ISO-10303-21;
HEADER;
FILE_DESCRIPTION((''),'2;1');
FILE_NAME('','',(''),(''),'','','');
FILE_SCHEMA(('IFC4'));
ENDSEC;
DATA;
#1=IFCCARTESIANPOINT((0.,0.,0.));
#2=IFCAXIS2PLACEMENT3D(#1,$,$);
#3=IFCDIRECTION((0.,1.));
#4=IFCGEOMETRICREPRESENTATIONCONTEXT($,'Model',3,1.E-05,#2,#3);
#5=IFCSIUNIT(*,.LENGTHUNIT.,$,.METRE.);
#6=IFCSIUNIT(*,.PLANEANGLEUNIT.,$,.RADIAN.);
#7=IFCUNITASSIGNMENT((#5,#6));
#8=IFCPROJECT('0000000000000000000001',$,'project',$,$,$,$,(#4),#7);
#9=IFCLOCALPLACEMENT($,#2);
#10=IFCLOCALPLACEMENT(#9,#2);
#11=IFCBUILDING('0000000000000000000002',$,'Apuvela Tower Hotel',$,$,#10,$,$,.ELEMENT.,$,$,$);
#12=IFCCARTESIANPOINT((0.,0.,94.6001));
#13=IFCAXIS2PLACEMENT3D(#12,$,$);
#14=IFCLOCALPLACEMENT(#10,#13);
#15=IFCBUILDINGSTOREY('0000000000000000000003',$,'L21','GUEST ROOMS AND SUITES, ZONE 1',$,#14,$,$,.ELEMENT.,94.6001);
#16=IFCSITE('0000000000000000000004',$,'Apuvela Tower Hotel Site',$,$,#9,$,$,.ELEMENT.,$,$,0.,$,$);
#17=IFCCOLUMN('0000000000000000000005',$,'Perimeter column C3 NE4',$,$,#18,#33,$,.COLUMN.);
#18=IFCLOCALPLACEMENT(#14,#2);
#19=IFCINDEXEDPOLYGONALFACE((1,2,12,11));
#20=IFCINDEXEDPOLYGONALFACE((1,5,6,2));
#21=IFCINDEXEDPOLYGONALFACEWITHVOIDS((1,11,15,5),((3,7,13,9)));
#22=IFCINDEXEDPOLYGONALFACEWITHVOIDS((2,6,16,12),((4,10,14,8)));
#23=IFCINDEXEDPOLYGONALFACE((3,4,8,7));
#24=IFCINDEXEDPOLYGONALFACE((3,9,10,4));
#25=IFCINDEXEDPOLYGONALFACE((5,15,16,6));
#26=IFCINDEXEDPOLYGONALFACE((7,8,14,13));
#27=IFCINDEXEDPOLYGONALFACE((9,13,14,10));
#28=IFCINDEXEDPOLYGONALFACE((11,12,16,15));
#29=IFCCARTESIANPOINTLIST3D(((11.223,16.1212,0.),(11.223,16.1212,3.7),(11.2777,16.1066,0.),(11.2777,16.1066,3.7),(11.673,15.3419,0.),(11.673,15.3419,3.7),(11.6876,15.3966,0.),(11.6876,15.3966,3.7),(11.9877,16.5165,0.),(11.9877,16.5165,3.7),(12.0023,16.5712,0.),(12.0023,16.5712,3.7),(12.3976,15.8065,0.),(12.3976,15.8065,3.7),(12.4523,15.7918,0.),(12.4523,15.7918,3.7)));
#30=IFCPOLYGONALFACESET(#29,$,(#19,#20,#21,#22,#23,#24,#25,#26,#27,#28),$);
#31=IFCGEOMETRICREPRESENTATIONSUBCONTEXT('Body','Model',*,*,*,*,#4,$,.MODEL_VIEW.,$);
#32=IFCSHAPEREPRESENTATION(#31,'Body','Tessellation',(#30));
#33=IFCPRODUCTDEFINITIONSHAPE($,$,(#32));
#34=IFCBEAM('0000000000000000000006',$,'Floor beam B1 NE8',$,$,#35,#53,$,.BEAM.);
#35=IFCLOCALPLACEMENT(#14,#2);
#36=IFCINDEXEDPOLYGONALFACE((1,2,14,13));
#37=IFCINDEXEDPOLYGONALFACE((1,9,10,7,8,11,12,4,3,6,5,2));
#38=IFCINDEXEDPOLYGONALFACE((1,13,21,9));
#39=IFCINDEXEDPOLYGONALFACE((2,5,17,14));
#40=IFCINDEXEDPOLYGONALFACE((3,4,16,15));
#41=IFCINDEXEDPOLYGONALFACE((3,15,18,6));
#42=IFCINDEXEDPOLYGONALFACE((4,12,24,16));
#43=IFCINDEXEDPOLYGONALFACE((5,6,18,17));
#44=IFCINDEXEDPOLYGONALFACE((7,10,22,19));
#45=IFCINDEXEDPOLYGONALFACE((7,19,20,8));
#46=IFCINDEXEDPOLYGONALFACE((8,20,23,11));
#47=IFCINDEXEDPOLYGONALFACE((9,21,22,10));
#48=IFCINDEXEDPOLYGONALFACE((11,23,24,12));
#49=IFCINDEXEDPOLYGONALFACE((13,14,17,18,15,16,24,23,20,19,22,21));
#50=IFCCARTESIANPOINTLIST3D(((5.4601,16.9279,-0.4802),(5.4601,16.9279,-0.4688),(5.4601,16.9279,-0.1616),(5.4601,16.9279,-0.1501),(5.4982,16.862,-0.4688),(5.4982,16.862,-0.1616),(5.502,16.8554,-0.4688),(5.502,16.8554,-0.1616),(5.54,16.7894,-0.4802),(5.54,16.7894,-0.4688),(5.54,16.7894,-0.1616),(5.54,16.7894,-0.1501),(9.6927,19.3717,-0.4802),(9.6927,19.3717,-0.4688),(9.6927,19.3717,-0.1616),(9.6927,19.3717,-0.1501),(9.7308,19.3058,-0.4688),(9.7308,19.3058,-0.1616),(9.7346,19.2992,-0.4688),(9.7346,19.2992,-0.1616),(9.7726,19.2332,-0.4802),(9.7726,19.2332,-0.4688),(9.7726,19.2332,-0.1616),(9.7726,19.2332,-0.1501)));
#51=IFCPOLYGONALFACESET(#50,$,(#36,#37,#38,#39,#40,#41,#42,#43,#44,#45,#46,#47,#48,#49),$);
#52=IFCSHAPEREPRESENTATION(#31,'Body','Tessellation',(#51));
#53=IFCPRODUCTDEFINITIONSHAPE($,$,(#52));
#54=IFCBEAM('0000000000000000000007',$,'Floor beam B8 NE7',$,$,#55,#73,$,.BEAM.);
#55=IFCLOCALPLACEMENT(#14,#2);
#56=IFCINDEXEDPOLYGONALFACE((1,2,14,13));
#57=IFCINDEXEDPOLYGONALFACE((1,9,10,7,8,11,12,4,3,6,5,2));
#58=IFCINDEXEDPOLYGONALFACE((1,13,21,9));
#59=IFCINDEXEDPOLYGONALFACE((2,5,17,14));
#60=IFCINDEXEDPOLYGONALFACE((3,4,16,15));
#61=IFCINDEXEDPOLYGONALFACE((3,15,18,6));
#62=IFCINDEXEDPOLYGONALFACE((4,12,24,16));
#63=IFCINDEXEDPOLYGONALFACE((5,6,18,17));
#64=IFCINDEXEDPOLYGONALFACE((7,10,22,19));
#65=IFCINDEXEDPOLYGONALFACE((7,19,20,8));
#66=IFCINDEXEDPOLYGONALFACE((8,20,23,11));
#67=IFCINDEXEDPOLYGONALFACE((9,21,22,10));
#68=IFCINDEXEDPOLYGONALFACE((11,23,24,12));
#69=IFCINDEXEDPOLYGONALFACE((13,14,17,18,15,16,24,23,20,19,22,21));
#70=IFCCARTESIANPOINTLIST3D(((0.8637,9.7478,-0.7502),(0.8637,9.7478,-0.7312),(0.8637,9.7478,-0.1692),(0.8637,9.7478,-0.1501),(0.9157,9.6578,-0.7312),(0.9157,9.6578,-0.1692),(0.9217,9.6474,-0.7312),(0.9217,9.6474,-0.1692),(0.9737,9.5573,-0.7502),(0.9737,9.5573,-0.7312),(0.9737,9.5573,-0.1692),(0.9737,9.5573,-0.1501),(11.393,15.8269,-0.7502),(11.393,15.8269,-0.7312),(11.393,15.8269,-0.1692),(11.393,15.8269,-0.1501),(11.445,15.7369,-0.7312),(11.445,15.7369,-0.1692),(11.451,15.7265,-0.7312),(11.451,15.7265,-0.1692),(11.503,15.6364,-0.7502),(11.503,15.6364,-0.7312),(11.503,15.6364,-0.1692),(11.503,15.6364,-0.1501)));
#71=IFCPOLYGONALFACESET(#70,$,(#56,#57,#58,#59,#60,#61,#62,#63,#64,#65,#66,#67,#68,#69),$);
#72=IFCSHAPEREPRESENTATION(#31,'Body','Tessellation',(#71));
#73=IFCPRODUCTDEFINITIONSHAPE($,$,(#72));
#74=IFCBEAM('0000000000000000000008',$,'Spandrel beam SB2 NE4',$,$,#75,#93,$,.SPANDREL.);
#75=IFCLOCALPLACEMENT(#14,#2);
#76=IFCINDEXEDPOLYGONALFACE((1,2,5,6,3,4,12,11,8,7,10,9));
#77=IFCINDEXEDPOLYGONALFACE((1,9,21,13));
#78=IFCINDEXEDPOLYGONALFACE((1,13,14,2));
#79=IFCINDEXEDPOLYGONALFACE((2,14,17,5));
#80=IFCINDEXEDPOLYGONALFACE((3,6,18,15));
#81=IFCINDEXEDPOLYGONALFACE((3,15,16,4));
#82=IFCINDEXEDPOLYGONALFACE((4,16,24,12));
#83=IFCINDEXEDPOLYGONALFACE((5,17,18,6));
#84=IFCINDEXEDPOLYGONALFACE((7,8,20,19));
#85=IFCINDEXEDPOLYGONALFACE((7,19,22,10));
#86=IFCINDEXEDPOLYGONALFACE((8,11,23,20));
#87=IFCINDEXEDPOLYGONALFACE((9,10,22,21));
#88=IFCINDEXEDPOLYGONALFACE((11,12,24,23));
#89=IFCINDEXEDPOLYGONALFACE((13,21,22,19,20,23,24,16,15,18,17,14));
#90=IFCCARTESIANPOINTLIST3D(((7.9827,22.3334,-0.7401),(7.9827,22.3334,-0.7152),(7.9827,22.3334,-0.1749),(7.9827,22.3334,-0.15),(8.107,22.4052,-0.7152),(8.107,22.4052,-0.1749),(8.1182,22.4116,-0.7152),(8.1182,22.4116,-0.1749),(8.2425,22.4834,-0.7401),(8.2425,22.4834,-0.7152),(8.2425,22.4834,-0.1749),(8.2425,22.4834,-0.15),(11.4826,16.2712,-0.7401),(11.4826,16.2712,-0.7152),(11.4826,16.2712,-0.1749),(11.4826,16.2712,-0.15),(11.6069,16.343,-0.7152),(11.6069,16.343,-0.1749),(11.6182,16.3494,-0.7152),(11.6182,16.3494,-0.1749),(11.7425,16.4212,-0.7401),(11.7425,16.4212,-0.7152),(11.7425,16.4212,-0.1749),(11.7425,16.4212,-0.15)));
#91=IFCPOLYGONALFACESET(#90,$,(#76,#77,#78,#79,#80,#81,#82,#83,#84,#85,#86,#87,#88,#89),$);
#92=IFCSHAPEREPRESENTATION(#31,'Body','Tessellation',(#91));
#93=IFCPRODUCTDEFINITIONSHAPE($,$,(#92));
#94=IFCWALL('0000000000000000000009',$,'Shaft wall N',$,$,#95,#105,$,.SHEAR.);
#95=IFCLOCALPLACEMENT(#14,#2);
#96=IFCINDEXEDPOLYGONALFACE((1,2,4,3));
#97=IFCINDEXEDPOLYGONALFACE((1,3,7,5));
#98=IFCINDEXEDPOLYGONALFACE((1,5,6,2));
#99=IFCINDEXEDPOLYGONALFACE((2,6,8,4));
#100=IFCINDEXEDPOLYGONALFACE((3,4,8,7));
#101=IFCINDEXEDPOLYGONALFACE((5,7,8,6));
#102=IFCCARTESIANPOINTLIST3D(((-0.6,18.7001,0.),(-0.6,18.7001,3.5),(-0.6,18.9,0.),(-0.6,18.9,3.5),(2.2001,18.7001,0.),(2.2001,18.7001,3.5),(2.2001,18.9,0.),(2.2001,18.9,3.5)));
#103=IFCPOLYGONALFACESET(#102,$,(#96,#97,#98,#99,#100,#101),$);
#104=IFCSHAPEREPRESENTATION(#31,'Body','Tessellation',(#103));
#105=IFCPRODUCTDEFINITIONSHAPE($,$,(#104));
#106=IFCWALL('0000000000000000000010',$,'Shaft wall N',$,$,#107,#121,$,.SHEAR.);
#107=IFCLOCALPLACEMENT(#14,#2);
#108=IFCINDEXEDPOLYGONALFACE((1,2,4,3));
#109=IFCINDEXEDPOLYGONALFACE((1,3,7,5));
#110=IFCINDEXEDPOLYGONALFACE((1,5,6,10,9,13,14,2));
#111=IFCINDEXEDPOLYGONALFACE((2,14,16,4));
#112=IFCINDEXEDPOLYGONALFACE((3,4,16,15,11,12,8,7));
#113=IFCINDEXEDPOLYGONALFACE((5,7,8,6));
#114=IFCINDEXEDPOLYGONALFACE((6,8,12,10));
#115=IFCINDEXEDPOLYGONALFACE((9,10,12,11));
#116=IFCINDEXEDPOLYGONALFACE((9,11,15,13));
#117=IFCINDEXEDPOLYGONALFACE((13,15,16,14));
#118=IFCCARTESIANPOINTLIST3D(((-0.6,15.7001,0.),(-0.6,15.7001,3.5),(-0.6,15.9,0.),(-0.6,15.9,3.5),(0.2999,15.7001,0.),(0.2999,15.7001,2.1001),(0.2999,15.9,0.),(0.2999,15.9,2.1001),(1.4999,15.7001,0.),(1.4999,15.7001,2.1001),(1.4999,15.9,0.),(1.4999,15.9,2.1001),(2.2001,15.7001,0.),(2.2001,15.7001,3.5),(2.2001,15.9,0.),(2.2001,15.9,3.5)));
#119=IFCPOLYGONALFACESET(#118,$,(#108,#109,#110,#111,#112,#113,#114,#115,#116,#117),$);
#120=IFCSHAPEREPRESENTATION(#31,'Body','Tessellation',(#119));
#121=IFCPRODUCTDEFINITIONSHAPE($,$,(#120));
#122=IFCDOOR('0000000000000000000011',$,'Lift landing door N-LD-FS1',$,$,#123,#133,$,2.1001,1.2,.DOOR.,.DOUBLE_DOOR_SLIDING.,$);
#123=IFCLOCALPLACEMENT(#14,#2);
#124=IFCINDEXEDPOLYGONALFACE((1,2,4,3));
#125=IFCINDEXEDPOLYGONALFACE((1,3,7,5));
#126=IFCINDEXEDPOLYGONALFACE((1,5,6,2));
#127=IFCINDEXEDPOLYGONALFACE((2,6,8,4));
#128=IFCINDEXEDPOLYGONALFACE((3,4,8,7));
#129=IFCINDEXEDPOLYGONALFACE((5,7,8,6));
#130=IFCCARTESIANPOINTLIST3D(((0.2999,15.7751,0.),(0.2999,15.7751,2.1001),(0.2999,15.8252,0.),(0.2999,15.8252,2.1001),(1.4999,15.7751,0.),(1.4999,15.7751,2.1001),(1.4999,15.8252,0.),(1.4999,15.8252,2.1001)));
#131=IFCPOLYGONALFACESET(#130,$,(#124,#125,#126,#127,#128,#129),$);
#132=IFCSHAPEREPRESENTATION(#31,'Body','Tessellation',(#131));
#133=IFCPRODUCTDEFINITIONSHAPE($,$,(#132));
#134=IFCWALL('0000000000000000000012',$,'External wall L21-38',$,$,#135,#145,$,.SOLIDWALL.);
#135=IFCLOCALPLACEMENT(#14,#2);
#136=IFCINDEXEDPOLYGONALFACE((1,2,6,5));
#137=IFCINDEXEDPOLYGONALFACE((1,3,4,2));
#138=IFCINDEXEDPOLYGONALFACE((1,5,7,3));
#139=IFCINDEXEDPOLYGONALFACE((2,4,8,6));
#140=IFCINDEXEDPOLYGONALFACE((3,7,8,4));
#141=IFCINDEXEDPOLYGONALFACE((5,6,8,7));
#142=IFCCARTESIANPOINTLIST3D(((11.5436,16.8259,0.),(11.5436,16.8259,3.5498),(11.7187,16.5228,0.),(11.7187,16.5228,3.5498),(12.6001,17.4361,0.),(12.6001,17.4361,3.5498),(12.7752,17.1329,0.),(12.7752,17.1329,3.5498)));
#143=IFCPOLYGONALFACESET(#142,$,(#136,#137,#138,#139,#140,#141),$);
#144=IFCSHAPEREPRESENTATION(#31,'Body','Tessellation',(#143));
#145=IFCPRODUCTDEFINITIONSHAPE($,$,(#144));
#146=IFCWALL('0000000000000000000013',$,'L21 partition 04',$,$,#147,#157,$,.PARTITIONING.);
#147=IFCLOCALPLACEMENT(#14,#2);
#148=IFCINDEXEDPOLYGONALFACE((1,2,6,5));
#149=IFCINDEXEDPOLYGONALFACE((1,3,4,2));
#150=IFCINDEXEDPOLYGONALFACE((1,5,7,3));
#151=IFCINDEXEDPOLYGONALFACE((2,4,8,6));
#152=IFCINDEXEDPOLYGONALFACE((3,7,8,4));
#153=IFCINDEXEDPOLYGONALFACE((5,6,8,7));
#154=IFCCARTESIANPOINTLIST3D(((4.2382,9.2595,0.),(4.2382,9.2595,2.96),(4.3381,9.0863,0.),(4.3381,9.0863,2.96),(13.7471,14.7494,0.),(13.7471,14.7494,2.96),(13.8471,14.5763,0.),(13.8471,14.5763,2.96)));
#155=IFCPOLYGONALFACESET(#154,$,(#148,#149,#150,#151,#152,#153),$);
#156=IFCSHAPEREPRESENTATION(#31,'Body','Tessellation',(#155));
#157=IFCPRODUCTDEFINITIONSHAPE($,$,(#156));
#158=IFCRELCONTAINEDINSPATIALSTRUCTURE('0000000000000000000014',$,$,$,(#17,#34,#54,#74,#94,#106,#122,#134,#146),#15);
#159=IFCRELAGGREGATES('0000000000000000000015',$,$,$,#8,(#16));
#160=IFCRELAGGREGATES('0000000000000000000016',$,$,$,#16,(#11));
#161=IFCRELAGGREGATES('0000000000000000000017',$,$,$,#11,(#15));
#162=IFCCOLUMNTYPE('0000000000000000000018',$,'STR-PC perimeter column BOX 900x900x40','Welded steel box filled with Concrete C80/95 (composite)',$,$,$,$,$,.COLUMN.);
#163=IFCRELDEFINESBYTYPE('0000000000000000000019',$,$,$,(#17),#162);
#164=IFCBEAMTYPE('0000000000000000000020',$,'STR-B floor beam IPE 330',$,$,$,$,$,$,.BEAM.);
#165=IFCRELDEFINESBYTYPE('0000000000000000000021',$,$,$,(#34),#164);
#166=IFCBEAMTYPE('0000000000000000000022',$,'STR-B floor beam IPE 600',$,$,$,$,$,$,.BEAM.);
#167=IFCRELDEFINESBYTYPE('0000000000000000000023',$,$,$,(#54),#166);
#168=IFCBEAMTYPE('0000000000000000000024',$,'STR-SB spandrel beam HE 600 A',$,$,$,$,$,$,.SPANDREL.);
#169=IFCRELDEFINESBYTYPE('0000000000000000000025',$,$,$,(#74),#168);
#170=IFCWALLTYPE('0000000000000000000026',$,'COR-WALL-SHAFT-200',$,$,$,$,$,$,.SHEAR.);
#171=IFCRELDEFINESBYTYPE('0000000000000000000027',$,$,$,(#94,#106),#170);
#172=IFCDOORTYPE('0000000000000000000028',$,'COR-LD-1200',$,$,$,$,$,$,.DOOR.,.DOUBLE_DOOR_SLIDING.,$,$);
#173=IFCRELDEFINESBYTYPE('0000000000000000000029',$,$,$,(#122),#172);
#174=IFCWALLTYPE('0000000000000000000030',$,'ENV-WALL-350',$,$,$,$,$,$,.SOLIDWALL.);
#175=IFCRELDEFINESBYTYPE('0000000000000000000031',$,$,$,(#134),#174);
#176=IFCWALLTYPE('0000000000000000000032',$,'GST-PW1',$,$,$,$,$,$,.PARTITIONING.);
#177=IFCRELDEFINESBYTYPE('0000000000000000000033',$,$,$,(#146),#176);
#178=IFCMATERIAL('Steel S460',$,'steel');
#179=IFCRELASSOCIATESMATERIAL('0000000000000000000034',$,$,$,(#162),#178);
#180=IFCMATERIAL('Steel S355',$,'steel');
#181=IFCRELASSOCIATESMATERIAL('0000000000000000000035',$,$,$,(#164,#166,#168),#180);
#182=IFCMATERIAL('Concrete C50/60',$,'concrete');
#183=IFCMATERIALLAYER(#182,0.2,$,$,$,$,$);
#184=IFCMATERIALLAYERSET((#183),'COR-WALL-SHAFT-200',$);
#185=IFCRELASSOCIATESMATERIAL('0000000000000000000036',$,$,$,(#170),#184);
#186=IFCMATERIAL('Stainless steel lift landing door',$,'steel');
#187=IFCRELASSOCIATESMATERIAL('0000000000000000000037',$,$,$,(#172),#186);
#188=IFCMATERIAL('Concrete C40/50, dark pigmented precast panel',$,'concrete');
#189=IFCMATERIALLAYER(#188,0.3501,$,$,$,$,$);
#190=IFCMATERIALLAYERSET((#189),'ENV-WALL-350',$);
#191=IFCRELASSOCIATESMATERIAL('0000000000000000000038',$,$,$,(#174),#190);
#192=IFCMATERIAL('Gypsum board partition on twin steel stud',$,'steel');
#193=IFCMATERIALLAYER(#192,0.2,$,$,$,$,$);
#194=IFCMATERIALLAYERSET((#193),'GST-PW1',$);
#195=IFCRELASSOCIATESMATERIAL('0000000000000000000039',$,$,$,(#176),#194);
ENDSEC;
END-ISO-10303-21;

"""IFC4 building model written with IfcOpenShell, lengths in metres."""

from ifc_helpers import new_model, si_unit, direction, frame, frame_2d, origin, origin_2d, place, context, subcontext, project, spatial, rectangle, hollow_rectangle, i_section, extrude, material, layer, layer_set, material_profile, profile_set, type_object, element, fill, save


model = new_model("IFC4")

# Units and contexts
model_context = context("Model", 3, precision=1e-05, world=origin(), true_north=direction((0.0, 1.0)))
body_context = subcontext(model_context, "Body", "Model", "MODEL_VIEW")
ifc_project = project(units=[si_unit("LENGTHUNIT", "METRE"), si_unit("PLANEANGLEUNIT", "RADIAN")], contexts=[model_context])

# Site, building, storey
site_placement = place(None, origin())
site = spatial("IfcSite", under=ifc_project, at=site_placement, Name="Apuvela Tower Hotel Site", CompositionType="ELEMENT", RefElevation=0.0)
building_placement = place(site_placement, origin())
building = spatial("IfcBuilding", under=site, at=building_placement, Name="Apuvela Tower Hotel", CompositionType="ELEMENT")
storey_placement = place(building_placement, frame((0.0, 0.0, 94.6001)))
storey = spatial("IfcBuildingStorey", under=building, at=storey_placement, Name="L21", Description="GUEST ROOMS AND SUITES, ZONE 1", CompositionType="ELEMENT", Elevation=94.6001)

# Column
ifc_material_1 = material(Name="Steel S460", Category="steel")
ifc_material_profile_1 = material_profile(ifc_material_1, hollow_rectangle(XDim=0.8999, YDim=0.8999, WallThickness=0.04, at=origin_2d()), Name="BOX 900x900x40")
ifc_material_2 = material(Name="Concrete C80/95", Category="concrete")
ifc_material_profile_2 = material_profile(ifc_material_2, rectangle(XDim=0.8201, YDim=0.8201, at=origin_2d()), Name="Concrete C80/95 infill")
ifc_profile_set_1 = profile_set([ifc_material_profile_1, ifc_material_profile_2], Name="Steel S460")
column_type = type_object("IfcColumnType", Name="STR-PC perimeter column BOX 900x900x40", Description="Welded steel box filled with Concrete C80/95 (composite)", PredefinedType="COLUMN", material=ifc_profile_set_1)
column_placement = place(storey_placement, frame((11.8376, 15.9565, 0.0), z_axis=(0.0, 0.0, 1.0), x_axis=(-0.5, 0.866025, 0.0)))
element("IfcColumn", 1, at=column_placement, inside=storey, type_object=column_type, Name="Perimeter column C3 NE4", PredefinedType="COLUMN", context=body_context, shape_type="SweptSolid", body=[
    extrude(hollow_rectangle(XDim=0.8999, YDim=0.8999, WallThickness=0.04, at=origin_2d()), origin(), (0.0, 0.0, 1.0), 3.7),
])

# Beams
ifc_material_3 = material(Name="Steel S355", Category="steel")
ifc_material_profile_3 = material_profile(ifc_material_3, i_section(OverallWidth=0.1599, OverallDepth=0.3301, WebThickness=0.0076, FlangeThickness=0.0115, at=origin_2d()), Name="IPE 330")
ifc_profile_set_2 = profile_set([ifc_material_profile_3], Name="Steel S355")
beam_type_1 = type_object("IfcBeamType", Name="STR-B floor beam IPE 330", PredefinedType="BEAM", material=ifc_profile_set_2)
beam_1_placement = place(storey_placement, frame((9.7327, 19.3025, -0.3152), z_axis=(-0.866015, -0.500018, 0.0), x_axis=(0.500018, -0.866015, 0.0)))
element("IfcBeam", 2, at=beam_1_placement, inside=storey, type_object=beam_type_1, Name="Floor beam B1 NE8", PredefinedType="BEAM", context=body_context, shape_type="SweptSolid", body=[
    extrude(i_section(OverallWidth=0.1599, OverallDepth=0.3301, WebThickness=0.0076, FlangeThickness=0.0115, at=origin_2d()), origin(), (0.0, 0.0, 1.0), 4.8875),
])
ifc_material_profile_4 = material_profile(ifc_material_3, i_section(OverallWidth=0.22, OverallDepth=0.6001, WebThickness=0.012, FlangeThickness=0.019, at=origin_2d()), Name="IPE 600")
ifc_profile_set_3 = profile_set([ifc_material_profile_4], Name="Steel S355")
beam_type_2 = type_object("IfcBeamType", Name="STR-B floor beam IPE 600", PredefinedType="BEAM", material=ifc_profile_set_3)
beam_2_placement = place(storey_placement, frame((11.448, 15.7317, -0.4502), z_axis=(-0.866025, -0.500001, 0.0), x_axis=(0.500001, -0.866025, 0.0)))
element("IfcBeam", 3, at=beam_2_placement, inside=storey, type_object=beam_type_2, Name="Floor beam B8 NE7", PredefinedType="BEAM", context=body_context, shape_type="SweptSolid", body=[
    extrude(i_section(OverallWidth=0.22, OverallDepth=0.6001, WebThickness=0.012, FlangeThickness=0.019, at=origin_2d()), origin(), (0.0, 0.0, 1.0), 12.1582),
])
ifc_material_profile_5 = material_profile(ifc_material_3, i_section(OverallWidth=0.3, OverallDepth=0.5901, WebThickness=0.0129, FlangeThickness=0.0249, at=origin_2d()), Name="HE 600 A")
ifc_profile_set_4 = profile_set([ifc_material_profile_5], Name="Steel S355")
beam_type_3 = type_object("IfcBeamType", Name="STR-SB spandrel beam HE 600 A", PredefinedType="SPANDREL", material=ifc_profile_set_4)
beam_3_placement = place(storey_placement, frame((11.6125, 16.3462, -0.4451), z_axis=(-0.499995, 0.866028, 0.0), x_axis=(-0.866028, -0.499995, 0.0)))
element("IfcBeam", 4, at=beam_3_placement, inside=storey, type_object=beam_type_3, Name="Spandrel beam SB2 NE4", PredefinedType="SPANDREL", context=body_context, shape_type="SweptSolid", body=[
    extrude(i_section(OverallWidth=0.3, OverallDepth=0.5901, WebThickness=0.0129, FlangeThickness=0.0249, at=origin_2d()), origin(), (0.0, 0.0, 1.0), 7.0),
])

# Wall
ifc_material_4 = material(Name="Concrete C50/60", Category="concrete")
ifc_layer_1 = layer(ifc_material_4, 0.2)
ifc_layer_set_1 = layer_set([ifc_layer_1], Name="COR-WALL-SHAFT-200")
wall_type_1 = type_object("IfcWallType", Name="COR-WALL-SHAFT-200", PredefinedType="SHEAR", material=ifc_layer_set_1)
wall_1_placement = place(storey_placement, frame((2.2, 18.8, 0.0), z_axis=(0.0, 0.0, 1.0), x_axis=(-1.0, 0.0, 0.0)))
element("IfcWall", 5, at=wall_1_placement, inside=storey, type_object=wall_type_1, Name="Shaft wall N", PredefinedType="SHEAR", context=body_context, shape_type="SweptSolid", body=[
    extrude(rectangle(XDim=2.8, YDim=0.2, at=frame_2d((1.3999, 0.0))), origin(), (0.0, 0.0, 1.0), 3.5),
])

# Wall, opening, door
wall_2_placement = place(storey_placement, frame((2.2, 15.8, 0.0), z_axis=(0.0, 0.0, 1.0), x_axis=(-1.0, 0.0, 0.0)))
wall_2 = element("IfcWall", 6, at=wall_2_placement, inside=storey, type_object=wall_type_1, Name="Shaft wall N", PredefinedType="SHEAR", context=body_context, shape_type="SweptSolid", body=[
    extrude(rectangle(XDim=2.8, YDim=0.2, at=frame_2d((1.3999, 0.0))), origin(), (0.0, 0.0, 1.0), 3.5),
])
opening_1_placement = place(wall_2_placement, frame((0.7, 0.0, 0.0)))
opening_1 = element("IfcOpeningElement", 7, at=opening_1_placement, cuts=wall_2, PredefinedType="OPENING", context=body_context, shape_type="SweptSolid", body=[
    extrude(rectangle(XDim=1.2, YDim=2.1001, at=frame_2d((0.6001, 1.05))), frame((0.0, 0.1099, 0.0), z_axis=(0.0, -1.0, 0.0), x_axis=(1.0, 0.0, 0.0)), (0.0, 0.0, 1.0), 0.22),
])
ifc_material_5 = material(Name="Stainless steel lift landing door", Category="steel")
door_type_1 = type_object("IfcDoorType", Name="COR-LD-1200", OperationType="DOUBLE_DOOR_SLIDING", PredefinedType="DOOR", material=ifc_material_5)
door_1_placement = place(opening_1_placement, origin())
door_1 = element("IfcDoor", 8, at=door_1_placement, inside=storey, type_object=door_type_1, Name="Lift landing door N-LD-FS1", OperationType="DOUBLE_DOOR_SLIDING", OverallHeight=2.1001, OverallWidth=1.2, PredefinedType="DOOR", context=body_context, shape_type="SweptSolid", body=[
    extrude(rectangle(XDim=1.2, YDim=2.1001, at=frame_2d((0.6001, 1.05))), frame((0.0, 0.0249, 0.0), z_axis=(0.0, -1.0, 0.0), x_axis=(1.0, 0.0, 0.0)), (0.0, 0.0, 1.0), 0.05),
])
fill(opening_1, door_1)

# Wall
ifc_material_6 = material(Name="Concrete C40/50, dark pigmented precast panel", Category="concrete")
ifc_layer_2 = layer(ifc_material_6, 0.3501)
ifc_layer_set_2 = layer_set([ifc_layer_2], Name="ENV-WALL-350")
wall_type_2 = type_object("IfcWallType", Name="ENV-WALL-350", PredefinedType="SOLIDWALL", material=ifc_layer_set_2)
wall_3_placement = place(storey_placement, frame((12.6875, 17.2844, 0.0), z_axis=(0.0, 0.0, 1.0), x_axis=(-0.865956, -0.500121, 0.0)))
element("IfcWall", 9, at=wall_3_placement, inside=storey, type_object=wall_type_2, Name="External wall L21-38", PredefinedType="SOLIDWALL", context=body_context, shape_type="SweptSolid", body=[
    extrude(rectangle(XDim=1.22, YDim=0.3501, at=frame_2d((0.6099, 0.0))), origin(), (0.0, 0.0, 1.0), 3.5498),
])

# Wall
ifc_material_7 = material(Name="Gypsum board partition on twin steel stud", Category="steel")
ifc_layer_3 = layer(ifc_material_7, 0.2)
ifc_layer_set_3 = layer_set([ifc_layer_3], Name="GST-PW1")
wall_type_3 = type_object("IfcWallType", Name="GST-PW1", PredefinedType="PARTITIONING", material=ifc_layer_set_3)
wall_4_placement = place(storey_placement, frame((13.7971, 14.6628, 0.0), z_axis=(0.0, 0.0, 1.0), x_axis=(-0.866027, -0.499996, 0.0)))
element("IfcWall", 10, at=wall_4_placement, inside=storey, type_object=wall_type_3, Name="L21 partition 04", PredefinedType="PARTITIONING", context=body_context, shape_type="SweptSolid", body=[
    extrude(rectangle(XDim=10.98, YDim=0.2, at=frame_2d((5.49, 0.0))), origin(), (0.0, 0.0, 1.0), 2.96),
])

save(model, "model.ifc")
